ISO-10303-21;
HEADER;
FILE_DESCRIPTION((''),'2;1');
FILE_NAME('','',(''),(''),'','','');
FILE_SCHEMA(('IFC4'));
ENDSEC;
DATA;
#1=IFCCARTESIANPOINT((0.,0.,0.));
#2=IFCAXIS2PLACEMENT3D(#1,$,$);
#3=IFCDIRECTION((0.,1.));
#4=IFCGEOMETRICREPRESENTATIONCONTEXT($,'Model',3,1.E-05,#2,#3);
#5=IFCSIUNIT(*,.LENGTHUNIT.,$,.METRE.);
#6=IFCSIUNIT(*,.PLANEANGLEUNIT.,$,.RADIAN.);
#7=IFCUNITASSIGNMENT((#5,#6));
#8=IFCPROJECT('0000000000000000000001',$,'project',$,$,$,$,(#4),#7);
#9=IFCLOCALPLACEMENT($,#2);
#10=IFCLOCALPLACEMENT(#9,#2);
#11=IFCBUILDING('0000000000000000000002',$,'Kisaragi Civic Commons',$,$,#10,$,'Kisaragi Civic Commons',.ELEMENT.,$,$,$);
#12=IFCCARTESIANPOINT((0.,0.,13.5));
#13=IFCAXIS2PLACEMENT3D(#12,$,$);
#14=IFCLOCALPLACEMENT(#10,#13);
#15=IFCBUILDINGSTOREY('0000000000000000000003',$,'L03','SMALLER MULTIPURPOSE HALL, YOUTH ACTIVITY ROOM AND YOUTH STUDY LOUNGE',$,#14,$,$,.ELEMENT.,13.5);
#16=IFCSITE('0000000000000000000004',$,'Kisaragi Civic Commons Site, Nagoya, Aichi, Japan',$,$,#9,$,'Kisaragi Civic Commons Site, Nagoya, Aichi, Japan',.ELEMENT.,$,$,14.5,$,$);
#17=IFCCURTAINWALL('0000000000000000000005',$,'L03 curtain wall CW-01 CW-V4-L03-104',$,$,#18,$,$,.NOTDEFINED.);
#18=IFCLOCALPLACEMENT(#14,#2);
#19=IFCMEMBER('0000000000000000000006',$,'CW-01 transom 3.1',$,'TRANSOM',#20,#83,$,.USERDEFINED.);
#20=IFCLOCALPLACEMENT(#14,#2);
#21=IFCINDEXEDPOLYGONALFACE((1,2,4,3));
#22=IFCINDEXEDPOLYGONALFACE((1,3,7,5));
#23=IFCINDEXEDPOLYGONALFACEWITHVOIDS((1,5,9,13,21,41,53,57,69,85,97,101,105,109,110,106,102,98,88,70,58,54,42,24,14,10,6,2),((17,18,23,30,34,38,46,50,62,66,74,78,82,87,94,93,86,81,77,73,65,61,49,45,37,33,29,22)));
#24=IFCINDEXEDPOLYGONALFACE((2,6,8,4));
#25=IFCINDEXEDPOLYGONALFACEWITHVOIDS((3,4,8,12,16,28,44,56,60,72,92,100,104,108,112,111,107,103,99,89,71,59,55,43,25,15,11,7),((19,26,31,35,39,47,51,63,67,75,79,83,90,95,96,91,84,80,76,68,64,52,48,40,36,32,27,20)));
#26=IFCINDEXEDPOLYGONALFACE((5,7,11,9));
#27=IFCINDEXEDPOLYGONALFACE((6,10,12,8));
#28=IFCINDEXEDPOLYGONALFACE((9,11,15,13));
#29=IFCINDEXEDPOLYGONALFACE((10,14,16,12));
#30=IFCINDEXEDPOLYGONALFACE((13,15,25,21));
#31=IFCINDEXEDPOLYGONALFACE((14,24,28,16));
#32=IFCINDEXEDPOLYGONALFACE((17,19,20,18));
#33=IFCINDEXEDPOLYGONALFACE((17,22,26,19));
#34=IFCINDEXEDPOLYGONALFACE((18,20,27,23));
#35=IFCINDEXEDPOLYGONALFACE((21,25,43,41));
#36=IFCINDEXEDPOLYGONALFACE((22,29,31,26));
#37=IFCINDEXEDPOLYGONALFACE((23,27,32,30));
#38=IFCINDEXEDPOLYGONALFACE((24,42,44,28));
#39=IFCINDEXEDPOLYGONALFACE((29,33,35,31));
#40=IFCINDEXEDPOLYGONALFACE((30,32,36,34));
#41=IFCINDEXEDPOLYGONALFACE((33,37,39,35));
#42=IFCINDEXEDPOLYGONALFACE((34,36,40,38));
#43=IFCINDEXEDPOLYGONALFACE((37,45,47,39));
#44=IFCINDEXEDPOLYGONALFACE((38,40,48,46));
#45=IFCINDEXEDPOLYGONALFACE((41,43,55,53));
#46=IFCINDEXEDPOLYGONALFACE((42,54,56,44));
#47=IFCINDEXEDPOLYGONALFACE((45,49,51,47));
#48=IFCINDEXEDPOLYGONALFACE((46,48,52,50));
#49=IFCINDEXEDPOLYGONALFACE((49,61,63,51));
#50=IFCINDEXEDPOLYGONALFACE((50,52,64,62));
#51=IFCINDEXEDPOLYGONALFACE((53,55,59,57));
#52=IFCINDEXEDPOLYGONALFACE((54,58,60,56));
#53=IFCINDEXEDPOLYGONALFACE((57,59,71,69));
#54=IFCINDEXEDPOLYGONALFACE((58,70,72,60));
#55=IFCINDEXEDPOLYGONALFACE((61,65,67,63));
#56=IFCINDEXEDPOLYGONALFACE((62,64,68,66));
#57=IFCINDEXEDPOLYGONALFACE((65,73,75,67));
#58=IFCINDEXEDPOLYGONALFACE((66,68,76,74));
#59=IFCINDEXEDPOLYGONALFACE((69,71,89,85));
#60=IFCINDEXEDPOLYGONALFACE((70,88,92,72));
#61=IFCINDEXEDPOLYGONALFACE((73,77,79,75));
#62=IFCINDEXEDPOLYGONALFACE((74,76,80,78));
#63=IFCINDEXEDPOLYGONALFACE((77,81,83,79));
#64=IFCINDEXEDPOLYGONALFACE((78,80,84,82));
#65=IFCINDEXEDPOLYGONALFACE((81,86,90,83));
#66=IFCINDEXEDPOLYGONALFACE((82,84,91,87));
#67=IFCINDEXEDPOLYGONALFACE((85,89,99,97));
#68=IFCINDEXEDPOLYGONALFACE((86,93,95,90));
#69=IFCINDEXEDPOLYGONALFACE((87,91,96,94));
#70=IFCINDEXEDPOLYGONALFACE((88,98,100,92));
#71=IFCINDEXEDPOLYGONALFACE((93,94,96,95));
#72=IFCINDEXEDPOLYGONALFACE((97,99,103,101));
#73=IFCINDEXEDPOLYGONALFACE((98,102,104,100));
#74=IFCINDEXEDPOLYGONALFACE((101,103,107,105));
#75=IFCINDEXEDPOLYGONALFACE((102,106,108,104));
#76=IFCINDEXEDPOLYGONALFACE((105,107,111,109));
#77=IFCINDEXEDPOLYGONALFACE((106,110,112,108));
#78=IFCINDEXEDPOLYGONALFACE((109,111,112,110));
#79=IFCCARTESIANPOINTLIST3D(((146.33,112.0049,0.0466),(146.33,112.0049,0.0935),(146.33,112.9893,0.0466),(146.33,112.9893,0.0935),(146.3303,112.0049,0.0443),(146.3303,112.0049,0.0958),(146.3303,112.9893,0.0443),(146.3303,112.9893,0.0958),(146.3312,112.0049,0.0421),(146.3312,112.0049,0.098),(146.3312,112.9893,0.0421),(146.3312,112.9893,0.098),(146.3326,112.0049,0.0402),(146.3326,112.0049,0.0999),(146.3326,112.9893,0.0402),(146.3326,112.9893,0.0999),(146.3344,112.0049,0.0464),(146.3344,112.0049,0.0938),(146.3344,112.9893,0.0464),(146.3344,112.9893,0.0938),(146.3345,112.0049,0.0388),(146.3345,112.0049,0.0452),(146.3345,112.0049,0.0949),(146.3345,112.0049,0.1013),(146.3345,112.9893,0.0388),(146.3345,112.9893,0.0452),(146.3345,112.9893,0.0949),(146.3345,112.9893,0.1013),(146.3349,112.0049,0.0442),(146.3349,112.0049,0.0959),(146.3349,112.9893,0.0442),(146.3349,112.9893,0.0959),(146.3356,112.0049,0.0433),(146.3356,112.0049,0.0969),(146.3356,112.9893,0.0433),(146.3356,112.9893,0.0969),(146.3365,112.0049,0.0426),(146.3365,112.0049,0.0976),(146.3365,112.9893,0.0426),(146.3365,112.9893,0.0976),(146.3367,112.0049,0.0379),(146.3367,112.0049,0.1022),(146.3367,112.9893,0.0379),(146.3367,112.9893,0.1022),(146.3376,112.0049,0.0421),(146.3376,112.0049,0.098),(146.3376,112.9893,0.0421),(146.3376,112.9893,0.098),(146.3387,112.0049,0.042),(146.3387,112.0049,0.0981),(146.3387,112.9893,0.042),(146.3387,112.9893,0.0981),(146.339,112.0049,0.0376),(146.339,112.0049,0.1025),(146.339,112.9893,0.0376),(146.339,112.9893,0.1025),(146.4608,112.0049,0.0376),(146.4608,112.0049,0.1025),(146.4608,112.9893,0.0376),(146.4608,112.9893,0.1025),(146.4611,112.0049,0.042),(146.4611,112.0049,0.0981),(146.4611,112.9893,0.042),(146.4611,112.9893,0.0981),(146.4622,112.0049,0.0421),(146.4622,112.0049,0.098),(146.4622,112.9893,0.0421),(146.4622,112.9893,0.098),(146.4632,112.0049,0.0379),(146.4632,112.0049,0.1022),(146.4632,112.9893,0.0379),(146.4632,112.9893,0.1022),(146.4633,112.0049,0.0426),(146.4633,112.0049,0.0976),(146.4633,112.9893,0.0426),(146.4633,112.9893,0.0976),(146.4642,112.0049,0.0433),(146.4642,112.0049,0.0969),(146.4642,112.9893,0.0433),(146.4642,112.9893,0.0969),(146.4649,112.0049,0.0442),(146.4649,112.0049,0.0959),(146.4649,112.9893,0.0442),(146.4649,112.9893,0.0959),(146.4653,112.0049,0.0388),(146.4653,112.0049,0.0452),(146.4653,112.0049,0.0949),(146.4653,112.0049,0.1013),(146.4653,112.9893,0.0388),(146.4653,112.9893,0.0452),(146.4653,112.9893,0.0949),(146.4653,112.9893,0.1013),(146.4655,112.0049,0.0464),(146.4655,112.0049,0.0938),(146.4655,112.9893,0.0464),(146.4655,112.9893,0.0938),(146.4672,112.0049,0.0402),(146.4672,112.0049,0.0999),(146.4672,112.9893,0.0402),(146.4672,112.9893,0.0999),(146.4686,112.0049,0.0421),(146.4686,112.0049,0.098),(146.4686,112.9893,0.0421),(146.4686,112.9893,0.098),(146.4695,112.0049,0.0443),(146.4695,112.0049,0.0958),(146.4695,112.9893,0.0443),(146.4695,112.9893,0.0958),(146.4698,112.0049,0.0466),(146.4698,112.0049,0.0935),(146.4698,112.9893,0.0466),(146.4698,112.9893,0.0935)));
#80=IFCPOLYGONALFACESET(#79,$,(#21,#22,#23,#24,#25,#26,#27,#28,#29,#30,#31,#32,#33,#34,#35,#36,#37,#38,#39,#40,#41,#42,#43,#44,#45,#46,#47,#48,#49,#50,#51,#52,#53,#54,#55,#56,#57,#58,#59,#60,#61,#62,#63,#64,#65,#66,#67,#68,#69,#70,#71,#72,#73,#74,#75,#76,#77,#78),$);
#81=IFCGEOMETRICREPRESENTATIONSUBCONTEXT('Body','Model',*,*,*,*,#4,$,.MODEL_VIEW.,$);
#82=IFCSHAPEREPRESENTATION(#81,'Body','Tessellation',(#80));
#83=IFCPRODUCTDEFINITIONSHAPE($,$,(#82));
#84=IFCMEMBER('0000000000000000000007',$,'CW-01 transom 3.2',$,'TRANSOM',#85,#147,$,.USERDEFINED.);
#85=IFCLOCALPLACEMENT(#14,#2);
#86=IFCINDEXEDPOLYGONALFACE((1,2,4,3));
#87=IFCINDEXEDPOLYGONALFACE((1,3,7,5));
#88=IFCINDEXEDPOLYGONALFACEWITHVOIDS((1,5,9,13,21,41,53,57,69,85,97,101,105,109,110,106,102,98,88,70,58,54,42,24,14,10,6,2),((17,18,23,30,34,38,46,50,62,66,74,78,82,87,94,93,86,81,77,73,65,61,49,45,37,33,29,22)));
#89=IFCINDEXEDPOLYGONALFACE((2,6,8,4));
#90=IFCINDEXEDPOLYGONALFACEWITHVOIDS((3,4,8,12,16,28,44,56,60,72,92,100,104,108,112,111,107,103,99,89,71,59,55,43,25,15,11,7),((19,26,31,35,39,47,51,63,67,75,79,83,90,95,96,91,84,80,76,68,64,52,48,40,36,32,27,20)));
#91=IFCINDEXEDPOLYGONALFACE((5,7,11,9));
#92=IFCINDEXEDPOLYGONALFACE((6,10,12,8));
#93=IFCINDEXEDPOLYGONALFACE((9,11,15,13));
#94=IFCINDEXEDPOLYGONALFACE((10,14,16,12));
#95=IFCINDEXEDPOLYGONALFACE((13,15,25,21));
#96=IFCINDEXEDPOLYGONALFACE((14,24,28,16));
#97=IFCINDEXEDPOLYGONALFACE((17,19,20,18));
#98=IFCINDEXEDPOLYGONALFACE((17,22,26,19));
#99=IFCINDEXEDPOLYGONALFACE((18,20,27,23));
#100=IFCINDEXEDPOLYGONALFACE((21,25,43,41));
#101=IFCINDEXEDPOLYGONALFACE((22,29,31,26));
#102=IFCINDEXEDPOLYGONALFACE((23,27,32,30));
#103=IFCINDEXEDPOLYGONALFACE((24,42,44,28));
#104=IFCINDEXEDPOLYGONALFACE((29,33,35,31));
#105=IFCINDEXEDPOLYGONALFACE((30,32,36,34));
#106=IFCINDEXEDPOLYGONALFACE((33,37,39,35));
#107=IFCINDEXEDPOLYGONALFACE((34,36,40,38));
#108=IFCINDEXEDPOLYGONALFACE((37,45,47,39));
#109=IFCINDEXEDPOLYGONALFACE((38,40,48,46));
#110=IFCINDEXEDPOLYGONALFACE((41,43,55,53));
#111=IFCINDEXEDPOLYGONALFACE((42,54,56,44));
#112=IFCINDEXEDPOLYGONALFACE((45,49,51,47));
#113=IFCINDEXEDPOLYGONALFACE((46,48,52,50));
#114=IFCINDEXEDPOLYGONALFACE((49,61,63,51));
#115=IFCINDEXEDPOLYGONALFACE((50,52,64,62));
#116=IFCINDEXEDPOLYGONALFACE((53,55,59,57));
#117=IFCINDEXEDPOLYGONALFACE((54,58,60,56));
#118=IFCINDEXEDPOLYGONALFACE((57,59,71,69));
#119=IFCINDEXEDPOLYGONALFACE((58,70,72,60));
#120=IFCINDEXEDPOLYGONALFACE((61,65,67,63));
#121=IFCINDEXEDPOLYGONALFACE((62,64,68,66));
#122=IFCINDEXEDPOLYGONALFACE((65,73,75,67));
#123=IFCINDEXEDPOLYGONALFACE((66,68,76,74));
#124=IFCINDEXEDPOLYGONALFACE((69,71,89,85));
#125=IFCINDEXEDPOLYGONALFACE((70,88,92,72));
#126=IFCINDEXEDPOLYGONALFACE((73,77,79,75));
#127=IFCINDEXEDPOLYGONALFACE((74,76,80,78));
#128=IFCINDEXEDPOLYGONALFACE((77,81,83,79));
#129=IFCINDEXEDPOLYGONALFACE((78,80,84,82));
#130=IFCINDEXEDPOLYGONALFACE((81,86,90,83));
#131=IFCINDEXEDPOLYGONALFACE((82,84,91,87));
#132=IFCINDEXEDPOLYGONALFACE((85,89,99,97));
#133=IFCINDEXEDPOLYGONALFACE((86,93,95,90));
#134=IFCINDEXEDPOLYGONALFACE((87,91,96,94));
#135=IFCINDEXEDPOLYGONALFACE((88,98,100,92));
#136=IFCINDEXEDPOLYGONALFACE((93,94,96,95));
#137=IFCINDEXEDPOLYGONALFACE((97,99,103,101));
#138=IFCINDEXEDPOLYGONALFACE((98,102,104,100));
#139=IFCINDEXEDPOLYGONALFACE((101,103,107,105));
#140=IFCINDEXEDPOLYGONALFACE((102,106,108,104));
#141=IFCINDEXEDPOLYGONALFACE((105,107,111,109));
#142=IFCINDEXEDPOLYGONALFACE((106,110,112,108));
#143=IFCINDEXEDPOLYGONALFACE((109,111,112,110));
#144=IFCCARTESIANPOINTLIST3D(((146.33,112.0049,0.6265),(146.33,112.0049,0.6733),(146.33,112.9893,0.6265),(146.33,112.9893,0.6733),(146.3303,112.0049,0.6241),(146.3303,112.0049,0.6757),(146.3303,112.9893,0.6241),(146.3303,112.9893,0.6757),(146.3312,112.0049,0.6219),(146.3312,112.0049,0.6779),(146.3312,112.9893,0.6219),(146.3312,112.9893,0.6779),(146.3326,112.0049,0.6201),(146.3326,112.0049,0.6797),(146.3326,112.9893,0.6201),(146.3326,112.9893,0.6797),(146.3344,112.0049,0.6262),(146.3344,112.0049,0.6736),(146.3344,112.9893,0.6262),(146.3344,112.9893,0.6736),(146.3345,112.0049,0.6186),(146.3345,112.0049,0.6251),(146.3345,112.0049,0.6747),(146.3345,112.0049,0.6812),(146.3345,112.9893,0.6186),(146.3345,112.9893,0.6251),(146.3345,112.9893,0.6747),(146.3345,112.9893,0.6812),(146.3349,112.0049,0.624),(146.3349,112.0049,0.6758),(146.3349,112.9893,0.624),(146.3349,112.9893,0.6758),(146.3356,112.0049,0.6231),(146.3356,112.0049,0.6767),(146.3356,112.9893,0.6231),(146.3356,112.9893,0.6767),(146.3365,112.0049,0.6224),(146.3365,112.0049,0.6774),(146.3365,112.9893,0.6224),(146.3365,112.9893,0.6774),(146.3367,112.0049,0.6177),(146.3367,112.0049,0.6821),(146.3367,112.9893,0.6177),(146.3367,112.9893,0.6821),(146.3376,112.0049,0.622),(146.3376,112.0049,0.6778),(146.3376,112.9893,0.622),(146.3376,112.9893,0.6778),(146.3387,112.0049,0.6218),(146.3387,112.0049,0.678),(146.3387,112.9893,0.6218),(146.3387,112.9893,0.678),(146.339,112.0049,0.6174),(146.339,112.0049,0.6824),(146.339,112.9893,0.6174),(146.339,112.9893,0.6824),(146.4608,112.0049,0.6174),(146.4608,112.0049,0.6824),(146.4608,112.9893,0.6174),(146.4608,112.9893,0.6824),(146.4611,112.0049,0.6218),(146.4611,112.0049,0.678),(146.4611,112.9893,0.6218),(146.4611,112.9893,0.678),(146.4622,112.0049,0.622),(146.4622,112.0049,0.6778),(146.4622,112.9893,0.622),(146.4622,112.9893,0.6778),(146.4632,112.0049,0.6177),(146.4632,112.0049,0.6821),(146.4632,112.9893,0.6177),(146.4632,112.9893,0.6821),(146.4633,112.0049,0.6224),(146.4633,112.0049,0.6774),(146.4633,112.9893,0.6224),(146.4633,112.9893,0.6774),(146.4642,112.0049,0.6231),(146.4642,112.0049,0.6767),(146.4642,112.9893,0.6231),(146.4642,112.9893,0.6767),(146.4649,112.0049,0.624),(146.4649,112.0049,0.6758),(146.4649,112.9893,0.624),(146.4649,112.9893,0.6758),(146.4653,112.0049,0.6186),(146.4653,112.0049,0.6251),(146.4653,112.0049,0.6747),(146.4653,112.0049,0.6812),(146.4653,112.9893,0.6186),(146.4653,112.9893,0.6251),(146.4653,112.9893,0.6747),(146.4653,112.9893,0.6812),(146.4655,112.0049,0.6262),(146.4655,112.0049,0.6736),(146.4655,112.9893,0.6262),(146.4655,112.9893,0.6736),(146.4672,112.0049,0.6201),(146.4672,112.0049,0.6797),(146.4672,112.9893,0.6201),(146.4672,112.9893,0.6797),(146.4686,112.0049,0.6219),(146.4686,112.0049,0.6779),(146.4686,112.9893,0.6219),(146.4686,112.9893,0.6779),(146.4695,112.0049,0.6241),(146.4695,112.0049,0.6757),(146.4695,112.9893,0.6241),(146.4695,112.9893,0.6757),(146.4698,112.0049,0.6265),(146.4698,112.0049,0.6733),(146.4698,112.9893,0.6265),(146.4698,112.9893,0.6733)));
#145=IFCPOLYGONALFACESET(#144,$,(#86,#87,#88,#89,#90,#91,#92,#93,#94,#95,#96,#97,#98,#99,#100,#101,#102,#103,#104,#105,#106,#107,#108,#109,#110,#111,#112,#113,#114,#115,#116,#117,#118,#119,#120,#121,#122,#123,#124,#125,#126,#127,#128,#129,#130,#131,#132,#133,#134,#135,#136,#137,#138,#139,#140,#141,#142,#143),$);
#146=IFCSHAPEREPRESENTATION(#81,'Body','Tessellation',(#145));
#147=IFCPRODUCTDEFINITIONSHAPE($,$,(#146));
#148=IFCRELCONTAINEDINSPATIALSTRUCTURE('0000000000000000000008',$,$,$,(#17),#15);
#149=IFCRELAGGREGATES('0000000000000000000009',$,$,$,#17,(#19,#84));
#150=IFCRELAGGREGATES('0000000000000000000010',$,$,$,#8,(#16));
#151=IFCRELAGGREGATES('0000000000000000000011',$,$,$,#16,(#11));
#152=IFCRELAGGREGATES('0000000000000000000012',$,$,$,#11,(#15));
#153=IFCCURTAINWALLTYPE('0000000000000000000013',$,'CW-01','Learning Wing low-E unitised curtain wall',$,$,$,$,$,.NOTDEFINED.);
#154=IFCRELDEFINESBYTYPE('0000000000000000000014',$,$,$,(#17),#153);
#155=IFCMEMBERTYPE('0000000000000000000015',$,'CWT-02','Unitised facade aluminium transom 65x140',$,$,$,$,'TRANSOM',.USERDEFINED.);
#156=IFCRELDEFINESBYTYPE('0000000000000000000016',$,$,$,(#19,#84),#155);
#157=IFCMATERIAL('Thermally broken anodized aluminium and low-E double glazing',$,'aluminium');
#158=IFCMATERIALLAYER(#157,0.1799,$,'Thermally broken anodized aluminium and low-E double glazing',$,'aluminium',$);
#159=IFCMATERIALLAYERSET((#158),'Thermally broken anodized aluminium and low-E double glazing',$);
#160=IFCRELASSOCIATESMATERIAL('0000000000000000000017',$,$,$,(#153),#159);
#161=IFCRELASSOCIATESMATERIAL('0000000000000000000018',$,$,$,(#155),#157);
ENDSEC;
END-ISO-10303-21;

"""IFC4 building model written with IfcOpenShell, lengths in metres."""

from ifc_helpers import new_model, si_unit, direction, frame, origin, origin_2d, place, context, subcontext, project, spatial, hollow_rectangle, extrude, material, layer, layer_set, material_profile, profile_set, type_object, element, aggregate, save


model = new_model("IFC4")

# Units and contexts
model_context = context("Model", 3, precision=1e-05, world=origin(), true_north=direction((0.0, 1.0)))
body_context = subcontext(model_context, "Body", "Model", "MODEL_VIEW")
ifc_project = project(units=[si_unit("LENGTHUNIT", "METRE"), si_unit("PLANEANGLEUNIT", "RADIAN")], contexts=[model_context])

# Site, building, storey
site_placement = place(None, origin())
site = spatial("IfcSite", under=ifc_project, at=site_placement, Name="Kisaragi Civic Commons Site, Nagoya, Aichi, Japan", LongName="Kisaragi Civic Commons Site, Nagoya, Aichi, Japan", CompositionType="ELEMENT", RefElevation=14.5)
building_placement = place(site_placement, origin())
building = spatial("IfcBuilding", under=site, at=building_placement, Name="Kisaragi Civic Commons", LongName="Kisaragi Civic Commons", CompositionType="ELEMENT")
storey_placement = place(building_placement, frame((0.0, 0.0, 13.5)))
storey = spatial("IfcBuildingStorey", under=building, at=storey_placement, Name="L03", Description="SMALLER MULTIPURPOSE HALL, YOUTH ACTIVITY ROOM AND YOUTH STUDY LOUNGE", CompositionType="ELEMENT", Elevation=13.5)

# Curtain wall
ifc_material_1 = material(Name="Thermally broken anodized aluminium and low-E double glazing", Category="aluminium")
ifc_layer_1 = layer(ifc_material_1, 0.1799, Name="Thermally broken anodized aluminium and low-E double glazing", Category="aluminium")
ifc_layer_set_1 = layer_set([ifc_layer_1], Name="Thermally broken anodized aluminium and low-E double glazing")
curtain_wall_type = type_object("IfcCurtainWallType", Name="CW-01", Description="Learning Wing low-E unitised curtain wall", PredefinedType="NOTDEFINED", material=ifc_layer_set_1)
curtain_wall_1_placement = place(storey_placement, origin())
curtain_wall_1 = element("IfcCurtainWall", 1, at=curtain_wall_1_placement, inside=storey, type_object=curtain_wall_type, Name="L03 curtain wall CW-01 CW-V4-L03-104", PredefinedType="NOTDEFINED")

# Members
ifc_material_profile_1 = material_profile(ifc_material_1, hollow_rectangle(XDim=0.1399, YDim=0.0649, WallThickness=0.0044, InnerFilletRadius=0.0044, OuterFilletRadius=0.009, at=origin_2d()), Name="CWT-65x140x4.5", Category="aluminium")
ifc_profile_set_1 = profile_set([ifc_material_profile_1], Name="Thermally broken anodized aluminium and low-E double glazing")
member_type_1 = type_object("IfcMemberType", Name="CWT-02", Description="Unitised facade aluminium transom 65x140", ElementType="TRANSOM", PredefinedType="USERDEFINED", material=ifc_profile_set_1)
member_1_placement = place(storey_placement, frame((146.3999, 112.9893, 0.0701), z_axis=(0.0, -1.0, 0.0), x_axis=(1.0, 0.0, 0.0)))
member_1 = element("IfcMember", 2, at=member_1_placement, type_object=member_type_1, Name="CW-01 transom 3.1", ObjectType="TRANSOM", PredefinedType="USERDEFINED", context=body_context, shape_type="SweptSolid", body=[
    extrude(hollow_rectangle(XDim=0.1399, YDim=0.0649, WallThickness=0.0044, InnerFilletRadius=0.0044, OuterFilletRadius=0.009, at=origin_2d()), origin(), (0.0, 0.0, 1.0), 0.9844),
])
member_2_placement = place(storey_placement, frame((146.3999, 112.9893, 0.6499), z_axis=(0.0, -1.0, 0.0), x_axis=(1.0, 0.0, 0.0)))
member_2 = element("IfcMember", 3, at=member_2_placement, type_object=member_type_1, Name="CW-01 transom 3.2", ObjectType="TRANSOM", PredefinedType="USERDEFINED", context=body_context, shape_type="SweptSolid", body=[
    extrude(hollow_rectangle(XDim=0.1399, YDim=0.0649, WallThickness=0.0044, InnerFilletRadius=0.0044, OuterFilletRadius=0.009, at=origin_2d()), origin(), (0.0, 0.0, 1.0), 0.9844),
])

aggregate(curtain_wall_1, [member_1, member_2])

save(model, "model.ifc")
